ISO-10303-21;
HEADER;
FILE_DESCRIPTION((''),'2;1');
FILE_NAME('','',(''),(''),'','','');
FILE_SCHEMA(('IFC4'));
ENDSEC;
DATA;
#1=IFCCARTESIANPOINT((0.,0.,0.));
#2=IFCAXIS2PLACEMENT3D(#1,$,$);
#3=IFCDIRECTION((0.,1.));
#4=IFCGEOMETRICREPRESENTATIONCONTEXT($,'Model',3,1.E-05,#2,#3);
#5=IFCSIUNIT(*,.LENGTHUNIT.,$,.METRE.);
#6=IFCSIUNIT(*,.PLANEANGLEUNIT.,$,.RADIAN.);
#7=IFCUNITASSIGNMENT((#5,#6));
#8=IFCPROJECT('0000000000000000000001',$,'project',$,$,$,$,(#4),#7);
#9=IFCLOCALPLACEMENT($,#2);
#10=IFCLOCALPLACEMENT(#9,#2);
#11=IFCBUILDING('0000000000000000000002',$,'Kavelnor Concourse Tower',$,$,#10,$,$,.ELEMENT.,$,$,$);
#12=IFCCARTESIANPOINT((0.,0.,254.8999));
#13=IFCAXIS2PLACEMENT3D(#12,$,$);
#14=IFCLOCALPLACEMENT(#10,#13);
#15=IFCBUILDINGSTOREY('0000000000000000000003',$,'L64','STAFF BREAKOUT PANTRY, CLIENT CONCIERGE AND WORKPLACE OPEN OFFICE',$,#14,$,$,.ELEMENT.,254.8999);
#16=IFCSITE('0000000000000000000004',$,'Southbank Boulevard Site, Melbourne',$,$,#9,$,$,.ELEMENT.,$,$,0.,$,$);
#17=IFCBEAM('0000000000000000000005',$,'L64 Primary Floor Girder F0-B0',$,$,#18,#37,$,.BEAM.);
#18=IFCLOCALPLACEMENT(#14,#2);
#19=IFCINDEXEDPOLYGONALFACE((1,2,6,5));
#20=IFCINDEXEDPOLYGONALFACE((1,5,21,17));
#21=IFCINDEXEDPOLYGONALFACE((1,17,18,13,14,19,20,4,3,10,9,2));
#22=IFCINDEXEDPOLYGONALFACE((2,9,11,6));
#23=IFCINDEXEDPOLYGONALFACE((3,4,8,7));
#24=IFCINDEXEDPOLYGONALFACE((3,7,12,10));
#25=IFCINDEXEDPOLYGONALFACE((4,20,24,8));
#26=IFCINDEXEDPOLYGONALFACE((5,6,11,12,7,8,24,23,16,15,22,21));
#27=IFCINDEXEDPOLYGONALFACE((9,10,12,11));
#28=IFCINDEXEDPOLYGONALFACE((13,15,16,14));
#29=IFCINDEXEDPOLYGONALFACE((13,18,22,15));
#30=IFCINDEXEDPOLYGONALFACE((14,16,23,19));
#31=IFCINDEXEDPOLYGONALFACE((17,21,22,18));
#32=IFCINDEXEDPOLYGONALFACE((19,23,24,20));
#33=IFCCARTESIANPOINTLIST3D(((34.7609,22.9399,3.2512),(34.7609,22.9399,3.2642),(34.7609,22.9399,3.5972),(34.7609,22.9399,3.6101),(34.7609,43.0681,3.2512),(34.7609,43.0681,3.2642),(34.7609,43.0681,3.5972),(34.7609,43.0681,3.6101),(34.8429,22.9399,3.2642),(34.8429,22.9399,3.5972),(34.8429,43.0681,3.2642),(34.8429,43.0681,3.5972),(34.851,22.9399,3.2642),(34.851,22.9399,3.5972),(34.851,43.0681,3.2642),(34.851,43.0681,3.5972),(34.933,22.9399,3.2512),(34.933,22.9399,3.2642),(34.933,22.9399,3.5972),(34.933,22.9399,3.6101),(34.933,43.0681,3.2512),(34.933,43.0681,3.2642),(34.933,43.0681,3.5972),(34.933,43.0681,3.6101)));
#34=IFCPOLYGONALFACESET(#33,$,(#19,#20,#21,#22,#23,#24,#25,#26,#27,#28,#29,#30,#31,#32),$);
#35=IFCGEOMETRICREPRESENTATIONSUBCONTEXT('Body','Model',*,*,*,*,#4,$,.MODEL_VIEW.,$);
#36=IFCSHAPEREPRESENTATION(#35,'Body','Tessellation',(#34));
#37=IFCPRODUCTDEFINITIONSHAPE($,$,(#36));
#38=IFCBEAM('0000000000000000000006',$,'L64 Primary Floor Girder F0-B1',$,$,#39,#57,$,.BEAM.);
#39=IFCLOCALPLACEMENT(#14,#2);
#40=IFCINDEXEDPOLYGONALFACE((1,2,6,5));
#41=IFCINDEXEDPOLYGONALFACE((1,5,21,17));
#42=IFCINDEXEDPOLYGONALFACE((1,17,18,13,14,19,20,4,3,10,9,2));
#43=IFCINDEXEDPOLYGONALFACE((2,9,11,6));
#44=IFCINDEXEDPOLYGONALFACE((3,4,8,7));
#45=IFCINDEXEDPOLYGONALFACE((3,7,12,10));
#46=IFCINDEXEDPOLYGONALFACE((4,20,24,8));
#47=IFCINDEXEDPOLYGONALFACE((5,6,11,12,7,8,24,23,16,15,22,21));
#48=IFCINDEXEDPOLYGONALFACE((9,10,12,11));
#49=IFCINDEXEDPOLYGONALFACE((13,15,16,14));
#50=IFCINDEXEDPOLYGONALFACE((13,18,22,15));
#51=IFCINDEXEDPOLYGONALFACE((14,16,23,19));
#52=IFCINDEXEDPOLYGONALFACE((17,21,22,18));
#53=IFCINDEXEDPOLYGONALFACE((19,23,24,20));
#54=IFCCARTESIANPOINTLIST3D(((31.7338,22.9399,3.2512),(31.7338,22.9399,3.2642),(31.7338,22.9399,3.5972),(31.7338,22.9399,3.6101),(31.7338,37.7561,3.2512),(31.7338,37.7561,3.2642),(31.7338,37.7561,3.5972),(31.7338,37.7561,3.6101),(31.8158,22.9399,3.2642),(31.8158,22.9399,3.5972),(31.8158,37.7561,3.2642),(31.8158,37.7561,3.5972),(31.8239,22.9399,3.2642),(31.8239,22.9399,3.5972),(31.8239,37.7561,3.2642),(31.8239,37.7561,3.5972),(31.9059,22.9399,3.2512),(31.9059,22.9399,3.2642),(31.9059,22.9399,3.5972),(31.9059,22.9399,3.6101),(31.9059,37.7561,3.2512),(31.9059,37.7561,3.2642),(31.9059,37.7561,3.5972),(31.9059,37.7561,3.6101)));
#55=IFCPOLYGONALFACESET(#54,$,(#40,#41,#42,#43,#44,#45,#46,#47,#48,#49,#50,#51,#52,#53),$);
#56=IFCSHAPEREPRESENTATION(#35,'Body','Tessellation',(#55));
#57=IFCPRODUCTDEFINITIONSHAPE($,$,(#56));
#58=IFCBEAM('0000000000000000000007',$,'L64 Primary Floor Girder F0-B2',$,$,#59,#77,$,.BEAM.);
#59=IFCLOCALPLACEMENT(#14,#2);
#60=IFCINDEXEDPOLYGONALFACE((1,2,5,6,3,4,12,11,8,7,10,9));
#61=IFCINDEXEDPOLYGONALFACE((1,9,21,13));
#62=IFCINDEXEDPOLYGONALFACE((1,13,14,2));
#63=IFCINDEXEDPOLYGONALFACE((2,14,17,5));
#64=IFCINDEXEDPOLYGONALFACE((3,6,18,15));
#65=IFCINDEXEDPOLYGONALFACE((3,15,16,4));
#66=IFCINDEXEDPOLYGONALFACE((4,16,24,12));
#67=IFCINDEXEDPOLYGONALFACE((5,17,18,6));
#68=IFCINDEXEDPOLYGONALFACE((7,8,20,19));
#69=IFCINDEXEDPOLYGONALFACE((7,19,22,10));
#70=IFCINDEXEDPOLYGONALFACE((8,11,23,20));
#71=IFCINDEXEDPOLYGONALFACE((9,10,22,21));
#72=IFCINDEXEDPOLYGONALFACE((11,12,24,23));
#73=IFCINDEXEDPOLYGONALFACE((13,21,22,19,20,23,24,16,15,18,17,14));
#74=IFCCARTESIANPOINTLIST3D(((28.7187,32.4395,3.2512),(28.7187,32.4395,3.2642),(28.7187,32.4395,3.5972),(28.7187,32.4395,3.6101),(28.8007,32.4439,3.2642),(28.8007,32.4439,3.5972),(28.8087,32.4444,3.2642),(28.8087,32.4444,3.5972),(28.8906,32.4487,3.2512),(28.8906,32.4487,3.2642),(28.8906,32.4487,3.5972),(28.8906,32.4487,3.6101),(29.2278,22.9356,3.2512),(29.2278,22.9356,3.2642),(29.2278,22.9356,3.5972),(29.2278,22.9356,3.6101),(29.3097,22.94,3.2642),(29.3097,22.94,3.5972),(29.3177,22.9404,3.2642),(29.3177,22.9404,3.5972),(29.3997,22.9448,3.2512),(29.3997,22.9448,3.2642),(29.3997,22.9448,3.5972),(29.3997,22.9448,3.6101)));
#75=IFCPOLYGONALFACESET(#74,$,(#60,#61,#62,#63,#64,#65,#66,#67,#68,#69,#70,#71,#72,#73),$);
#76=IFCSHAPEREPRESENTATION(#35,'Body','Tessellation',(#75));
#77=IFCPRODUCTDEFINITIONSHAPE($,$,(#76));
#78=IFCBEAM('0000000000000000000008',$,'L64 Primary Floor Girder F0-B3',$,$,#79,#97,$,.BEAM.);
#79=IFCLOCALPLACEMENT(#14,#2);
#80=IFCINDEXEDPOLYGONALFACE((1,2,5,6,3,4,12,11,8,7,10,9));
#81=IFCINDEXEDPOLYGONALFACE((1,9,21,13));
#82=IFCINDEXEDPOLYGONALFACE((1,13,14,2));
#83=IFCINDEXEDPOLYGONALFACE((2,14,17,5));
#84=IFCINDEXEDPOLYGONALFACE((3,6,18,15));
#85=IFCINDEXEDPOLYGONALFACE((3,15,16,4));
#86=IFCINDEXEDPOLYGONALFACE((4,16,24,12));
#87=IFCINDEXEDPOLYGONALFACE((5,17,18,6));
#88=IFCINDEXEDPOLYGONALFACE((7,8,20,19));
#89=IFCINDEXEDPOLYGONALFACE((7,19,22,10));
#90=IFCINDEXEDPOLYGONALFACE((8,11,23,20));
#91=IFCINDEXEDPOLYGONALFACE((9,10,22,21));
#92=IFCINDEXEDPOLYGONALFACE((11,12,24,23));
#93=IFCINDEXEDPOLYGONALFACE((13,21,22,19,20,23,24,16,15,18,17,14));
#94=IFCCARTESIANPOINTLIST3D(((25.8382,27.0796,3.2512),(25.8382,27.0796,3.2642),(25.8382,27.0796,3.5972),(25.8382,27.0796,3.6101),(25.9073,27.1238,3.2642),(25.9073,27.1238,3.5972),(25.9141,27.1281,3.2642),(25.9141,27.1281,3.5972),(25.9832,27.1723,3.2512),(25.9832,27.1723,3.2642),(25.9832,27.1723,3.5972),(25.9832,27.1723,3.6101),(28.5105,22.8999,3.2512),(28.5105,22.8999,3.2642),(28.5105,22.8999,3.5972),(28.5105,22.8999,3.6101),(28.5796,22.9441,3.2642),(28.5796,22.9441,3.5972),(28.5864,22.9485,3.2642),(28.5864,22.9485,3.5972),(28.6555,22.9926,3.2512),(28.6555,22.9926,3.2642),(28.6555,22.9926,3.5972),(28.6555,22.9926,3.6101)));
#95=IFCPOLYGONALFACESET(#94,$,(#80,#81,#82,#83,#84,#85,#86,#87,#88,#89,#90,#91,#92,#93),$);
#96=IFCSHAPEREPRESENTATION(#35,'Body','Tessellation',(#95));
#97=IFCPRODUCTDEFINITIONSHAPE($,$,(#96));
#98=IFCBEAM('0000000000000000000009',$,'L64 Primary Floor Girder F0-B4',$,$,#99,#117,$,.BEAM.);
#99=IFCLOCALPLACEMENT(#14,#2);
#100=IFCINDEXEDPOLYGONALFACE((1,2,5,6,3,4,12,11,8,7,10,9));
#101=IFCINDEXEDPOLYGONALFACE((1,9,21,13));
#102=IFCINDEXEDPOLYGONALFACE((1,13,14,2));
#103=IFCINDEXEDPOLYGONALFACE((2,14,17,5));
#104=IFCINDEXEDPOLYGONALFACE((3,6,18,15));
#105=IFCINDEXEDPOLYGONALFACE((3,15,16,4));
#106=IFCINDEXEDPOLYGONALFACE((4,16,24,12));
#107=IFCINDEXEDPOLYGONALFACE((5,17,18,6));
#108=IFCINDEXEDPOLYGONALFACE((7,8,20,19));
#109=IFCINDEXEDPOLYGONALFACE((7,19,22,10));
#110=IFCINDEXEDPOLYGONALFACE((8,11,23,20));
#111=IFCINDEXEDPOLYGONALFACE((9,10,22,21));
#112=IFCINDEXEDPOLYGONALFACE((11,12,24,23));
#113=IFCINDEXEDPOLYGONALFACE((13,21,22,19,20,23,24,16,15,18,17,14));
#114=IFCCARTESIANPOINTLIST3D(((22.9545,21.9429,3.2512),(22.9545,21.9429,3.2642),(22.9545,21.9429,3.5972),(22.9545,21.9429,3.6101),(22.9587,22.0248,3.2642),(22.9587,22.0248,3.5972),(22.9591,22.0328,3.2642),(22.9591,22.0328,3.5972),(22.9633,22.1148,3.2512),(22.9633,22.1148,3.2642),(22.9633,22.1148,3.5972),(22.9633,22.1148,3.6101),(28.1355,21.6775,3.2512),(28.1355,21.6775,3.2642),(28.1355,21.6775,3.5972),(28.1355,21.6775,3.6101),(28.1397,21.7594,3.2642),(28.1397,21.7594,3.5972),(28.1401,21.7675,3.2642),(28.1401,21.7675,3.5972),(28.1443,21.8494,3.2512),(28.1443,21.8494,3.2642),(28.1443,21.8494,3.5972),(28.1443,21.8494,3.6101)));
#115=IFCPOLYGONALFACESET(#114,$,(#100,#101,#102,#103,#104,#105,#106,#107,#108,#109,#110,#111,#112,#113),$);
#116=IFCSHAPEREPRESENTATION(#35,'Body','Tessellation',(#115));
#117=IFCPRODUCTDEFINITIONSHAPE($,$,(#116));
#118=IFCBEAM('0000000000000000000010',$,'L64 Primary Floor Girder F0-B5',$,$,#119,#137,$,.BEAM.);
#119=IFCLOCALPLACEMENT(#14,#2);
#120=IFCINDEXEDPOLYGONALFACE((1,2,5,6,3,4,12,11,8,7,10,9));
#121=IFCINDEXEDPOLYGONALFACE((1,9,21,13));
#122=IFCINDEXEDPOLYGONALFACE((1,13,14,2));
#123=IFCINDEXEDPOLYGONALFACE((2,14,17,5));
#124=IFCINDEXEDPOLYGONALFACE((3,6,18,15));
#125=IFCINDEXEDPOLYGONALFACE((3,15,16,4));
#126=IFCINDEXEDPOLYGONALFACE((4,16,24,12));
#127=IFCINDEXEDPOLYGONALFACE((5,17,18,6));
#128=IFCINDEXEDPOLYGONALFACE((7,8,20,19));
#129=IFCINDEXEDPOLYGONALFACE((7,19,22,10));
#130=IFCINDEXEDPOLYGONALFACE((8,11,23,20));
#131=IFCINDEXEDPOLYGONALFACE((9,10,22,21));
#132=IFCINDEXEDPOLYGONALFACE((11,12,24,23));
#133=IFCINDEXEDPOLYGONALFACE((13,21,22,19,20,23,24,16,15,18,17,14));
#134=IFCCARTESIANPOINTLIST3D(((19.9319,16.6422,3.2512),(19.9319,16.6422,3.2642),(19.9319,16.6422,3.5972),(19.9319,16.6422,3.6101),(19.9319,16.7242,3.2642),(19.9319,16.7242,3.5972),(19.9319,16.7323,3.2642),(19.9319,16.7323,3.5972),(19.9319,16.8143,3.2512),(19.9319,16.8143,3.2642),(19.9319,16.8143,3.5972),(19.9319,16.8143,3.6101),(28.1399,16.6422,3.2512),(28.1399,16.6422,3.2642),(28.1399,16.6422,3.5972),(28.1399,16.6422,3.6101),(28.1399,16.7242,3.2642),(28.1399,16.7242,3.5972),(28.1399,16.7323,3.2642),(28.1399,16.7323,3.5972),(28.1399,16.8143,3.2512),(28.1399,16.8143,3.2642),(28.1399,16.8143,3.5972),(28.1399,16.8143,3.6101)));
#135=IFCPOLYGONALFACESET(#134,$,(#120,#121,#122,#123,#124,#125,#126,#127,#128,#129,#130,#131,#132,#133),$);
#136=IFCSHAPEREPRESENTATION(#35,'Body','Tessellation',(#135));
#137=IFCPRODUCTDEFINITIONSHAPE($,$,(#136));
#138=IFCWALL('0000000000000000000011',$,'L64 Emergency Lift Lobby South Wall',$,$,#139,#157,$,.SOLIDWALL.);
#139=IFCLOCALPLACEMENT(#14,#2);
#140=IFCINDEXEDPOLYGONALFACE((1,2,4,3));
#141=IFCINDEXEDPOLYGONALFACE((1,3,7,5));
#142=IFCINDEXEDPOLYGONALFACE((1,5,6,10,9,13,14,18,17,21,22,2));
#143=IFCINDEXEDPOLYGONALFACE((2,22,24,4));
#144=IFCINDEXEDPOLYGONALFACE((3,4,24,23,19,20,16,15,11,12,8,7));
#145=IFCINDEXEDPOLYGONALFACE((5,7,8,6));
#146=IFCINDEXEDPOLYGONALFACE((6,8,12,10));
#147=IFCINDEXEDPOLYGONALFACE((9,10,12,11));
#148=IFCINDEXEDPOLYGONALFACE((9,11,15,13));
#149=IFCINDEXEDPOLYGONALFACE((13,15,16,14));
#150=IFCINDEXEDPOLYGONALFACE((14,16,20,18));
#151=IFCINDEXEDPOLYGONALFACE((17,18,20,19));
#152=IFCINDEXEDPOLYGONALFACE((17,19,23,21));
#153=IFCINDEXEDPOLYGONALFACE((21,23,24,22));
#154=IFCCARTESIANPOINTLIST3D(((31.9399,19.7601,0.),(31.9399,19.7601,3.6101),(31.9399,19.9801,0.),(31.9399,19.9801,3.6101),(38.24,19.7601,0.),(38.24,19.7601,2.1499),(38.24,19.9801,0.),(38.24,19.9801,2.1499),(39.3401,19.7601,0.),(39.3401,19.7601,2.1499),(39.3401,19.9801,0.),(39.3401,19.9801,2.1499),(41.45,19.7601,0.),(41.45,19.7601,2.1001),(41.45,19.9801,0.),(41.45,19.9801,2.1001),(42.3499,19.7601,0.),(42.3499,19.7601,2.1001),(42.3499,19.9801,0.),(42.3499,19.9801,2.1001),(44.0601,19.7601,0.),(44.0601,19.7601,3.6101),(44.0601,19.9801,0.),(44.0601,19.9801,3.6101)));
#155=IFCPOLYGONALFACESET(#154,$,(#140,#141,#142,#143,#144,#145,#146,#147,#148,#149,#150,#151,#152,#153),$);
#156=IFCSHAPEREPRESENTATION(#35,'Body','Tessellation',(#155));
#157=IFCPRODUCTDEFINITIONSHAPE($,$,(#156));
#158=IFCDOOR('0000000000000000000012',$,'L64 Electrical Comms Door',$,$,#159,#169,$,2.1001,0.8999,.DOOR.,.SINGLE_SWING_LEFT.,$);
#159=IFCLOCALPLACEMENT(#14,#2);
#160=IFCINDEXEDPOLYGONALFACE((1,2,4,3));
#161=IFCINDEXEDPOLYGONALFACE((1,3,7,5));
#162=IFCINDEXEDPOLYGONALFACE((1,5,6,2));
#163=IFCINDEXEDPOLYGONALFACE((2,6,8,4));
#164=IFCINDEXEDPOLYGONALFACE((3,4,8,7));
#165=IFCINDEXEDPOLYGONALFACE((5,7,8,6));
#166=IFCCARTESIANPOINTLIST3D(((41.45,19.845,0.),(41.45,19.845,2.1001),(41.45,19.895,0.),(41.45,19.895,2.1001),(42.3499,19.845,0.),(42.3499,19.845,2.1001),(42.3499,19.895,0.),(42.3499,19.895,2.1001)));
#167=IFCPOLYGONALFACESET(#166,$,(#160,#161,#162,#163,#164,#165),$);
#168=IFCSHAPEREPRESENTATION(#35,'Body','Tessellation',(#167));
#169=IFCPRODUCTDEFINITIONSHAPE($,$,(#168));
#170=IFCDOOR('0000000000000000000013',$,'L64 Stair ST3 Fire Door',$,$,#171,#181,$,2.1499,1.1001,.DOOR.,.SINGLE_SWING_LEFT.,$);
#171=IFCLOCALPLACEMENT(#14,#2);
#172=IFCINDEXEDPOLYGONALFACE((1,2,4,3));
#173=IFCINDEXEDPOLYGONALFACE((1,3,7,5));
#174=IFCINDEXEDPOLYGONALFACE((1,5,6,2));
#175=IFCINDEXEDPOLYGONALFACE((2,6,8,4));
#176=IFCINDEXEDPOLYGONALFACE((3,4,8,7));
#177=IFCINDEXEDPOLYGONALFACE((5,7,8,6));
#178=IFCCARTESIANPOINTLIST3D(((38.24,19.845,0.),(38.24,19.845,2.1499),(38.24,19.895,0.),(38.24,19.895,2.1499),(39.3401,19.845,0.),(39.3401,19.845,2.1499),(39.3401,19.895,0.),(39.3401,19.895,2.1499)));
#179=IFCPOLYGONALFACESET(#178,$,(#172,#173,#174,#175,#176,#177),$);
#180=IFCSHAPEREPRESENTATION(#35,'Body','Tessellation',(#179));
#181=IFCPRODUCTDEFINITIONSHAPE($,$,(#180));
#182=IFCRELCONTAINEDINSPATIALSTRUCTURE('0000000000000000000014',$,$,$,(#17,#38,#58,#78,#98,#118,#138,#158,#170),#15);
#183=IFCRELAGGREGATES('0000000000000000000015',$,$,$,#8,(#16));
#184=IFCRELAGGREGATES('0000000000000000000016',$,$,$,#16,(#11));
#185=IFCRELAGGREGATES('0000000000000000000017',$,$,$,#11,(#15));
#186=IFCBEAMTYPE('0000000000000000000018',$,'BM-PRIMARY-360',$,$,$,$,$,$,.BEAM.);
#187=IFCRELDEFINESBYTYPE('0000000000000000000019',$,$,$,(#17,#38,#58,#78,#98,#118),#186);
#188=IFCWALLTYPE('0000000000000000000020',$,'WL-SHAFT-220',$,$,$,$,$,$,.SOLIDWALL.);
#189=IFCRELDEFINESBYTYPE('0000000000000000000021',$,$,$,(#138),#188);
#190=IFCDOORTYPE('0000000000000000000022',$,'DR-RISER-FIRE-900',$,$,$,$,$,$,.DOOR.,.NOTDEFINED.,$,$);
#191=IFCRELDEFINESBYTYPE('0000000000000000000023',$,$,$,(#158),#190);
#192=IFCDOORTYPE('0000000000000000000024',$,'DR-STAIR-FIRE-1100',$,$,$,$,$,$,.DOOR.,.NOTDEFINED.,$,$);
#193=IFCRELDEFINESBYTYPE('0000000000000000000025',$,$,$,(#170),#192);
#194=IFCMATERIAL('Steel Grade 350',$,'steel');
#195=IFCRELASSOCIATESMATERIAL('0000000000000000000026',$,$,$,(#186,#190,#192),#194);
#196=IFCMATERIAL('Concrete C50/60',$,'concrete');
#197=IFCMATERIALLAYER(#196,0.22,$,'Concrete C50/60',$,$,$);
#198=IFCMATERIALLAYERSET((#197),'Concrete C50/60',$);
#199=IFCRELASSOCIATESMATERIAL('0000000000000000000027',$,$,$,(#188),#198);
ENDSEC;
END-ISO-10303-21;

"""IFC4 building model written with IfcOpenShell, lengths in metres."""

from ifc_helpers import new_model, si_unit, direction, frame, frame_2d, origin, origin_2d, place, context, subcontext, project, spatial, rectangle, i_section, extrude, material, layer, layer_set, material_profile, profile_set, type_object, element, fill, save


model = new_model("IFC4")

# Units and contexts
model_context = context("Model", 3, precision=1e-05, world=origin(), true_north=direction((0.0, 1.0)))
body_context = subcontext(model_context, "Body", "Model", "MODEL_VIEW")
ifc_project = project(units=[si_unit("LENGTHUNIT", "METRE"), si_unit("PLANEANGLEUNIT", "RADIAN")], contexts=[model_context])

# Site, building, storey
site_placement = place(None, origin())
site = spatial("IfcSite", under=ifc_project, at=site_placement, Name="Southbank Boulevard Site, Melbourne", CompositionType="ELEMENT", RefElevation=0.0)
building_placement = place(site_placement, origin())
building = spatial("IfcBuilding", under=site, at=building_placement, Name="Kavelnor Concourse Tower", CompositionType="ELEMENT")
storey_placement = place(building_placement, frame((0.0, 0.0, 254.8999)))
storey = spatial("IfcBuildingStorey", under=building, at=storey_placement, Name="L64", Description="STAFF BREAKOUT PANTRY, CLIENT CONCIERGE AND WORKPLACE OPEN OFFICE", CompositionType="ELEMENT", Elevation=254.8999)

# Beams
ifc_material_1 = material(Name="Steel Grade 350", Category="steel")
ifc_material_profile = material_profile(ifc_material_1, i_section(OverallWidth=0.1721, OverallDepth=0.3589, WebThickness=0.0081, FlangeThickness=0.0129, at=origin_2d()), Name="360UB56")
ifc_profile_set = profile_set([ifc_material_profile], Name="Steel Grade 350")
beam_type = type_object("IfcBeamType", Name="BM-PRIMARY-360", PredefinedType="BEAM", material=ifc_profile_set)
beam_1_placement = place(storey_placement, frame((34.8469, 22.9399, 3.4307), z_axis=(0.0, 1.0, 0.0), x_axis=(-1.0, 0.0, 0.0)))
element("IfcBeam", 1, at=beam_1_placement, inside=storey, type_object=beam_type, Name="L64 Primary Floor Girder F0-B0", PredefinedType="BEAM", context=body_context, shape_type="SweptSolid", body=[
    extrude(i_section(OverallWidth=0.1721, OverallDepth=0.3589, WebThickness=0.0081, FlangeThickness=0.0129, at=origin_2d()), origin(), (0.0, 0.0, 1.0), 20.1282),
])
beam_2_placement = place(storey_placement, frame((31.8198, 22.9399, 3.4307), z_axis=(0.0, 1.0, 0.0), x_axis=(-1.0, 0.0, 0.0)))
element("IfcBeam", 2, at=beam_2_placement, inside=storey, type_object=beam_type, Name="L64 Primary Floor Girder F0-B1", PredefinedType="BEAM", context=body_context, shape_type="SweptSolid", body=[
    extrude(i_section(OverallWidth=0.1721, OverallDepth=0.3589, WebThickness=0.0081, FlangeThickness=0.0129, at=origin_2d()), origin(), (0.0, 0.0, 1.0), 14.8162),
])
beam_3_placement = place(storey_placement, frame((29.3137, 22.9402, 3.4307), z_axis=(-0.053484, 0.998569, 0.0), x_axis=(-0.998569, -0.053484, 0.0)))
element("IfcBeam", 3, at=beam_3_placement, inside=storey, type_object=beam_type, Name="L64 Primary Floor Girder F0-B2", PredefinedType="BEAM", context=body_context, shape_type="SweptSolid", body=[
    extrude(i_section(OverallWidth=0.1721, OverallDepth=0.3589, WebThickness=0.0081, FlangeThickness=0.0129, at=origin_2d()), origin(), (0.0, 0.0, 1.0), 9.5176),
])
beam_4_placement = place(storey_placement, frame((28.583, 22.9463, 3.4307), z_axis=(-0.538677, 0.842513, 0.0), x_axis=(-0.842513, -0.538677, 0.0)))
element("IfcBeam", 4, at=beam_4_placement, inside=storey, type_object=beam_type, Name="L64 Primary Floor Girder F0-B3", PredefinedType="BEAM", context=body_context, shape_type="SweptSolid", body=[
    extrude(i_section(OverallWidth=0.1721, OverallDepth=0.3589, WebThickness=0.0081, FlangeThickness=0.0129, at=origin_2d()), origin(), (0.0, 0.0, 1.0), 4.9609),
])
beam_5_placement = place(storey_placement, frame((28.1399, 21.7634, 3.4307), z_axis=(-0.998691, 0.051156, 0.0), x_axis=(-0.051156, -0.998691, 0.0)))
element("IfcBeam", 5, at=beam_5_placement, inside=storey, type_object=beam_type, Name="L64 Primary Floor Girder F0-B4", PredefinedType="BEAM", context=body_context, shape_type="SweptSolid", body=[
    extrude(i_section(OverallWidth=0.1721, OverallDepth=0.3589, WebThickness=0.0081, FlangeThickness=0.0129, at=origin_2d()), origin(), (0.0, 0.0, 1.0), 5.1877),
])
beam_6_placement = place(storey_placement, frame((28.1399, 16.7283, 3.4307), z_axis=(-1.0, 0.0, 0.0), x_axis=(0.0, -1.0, 0.0)))
element("IfcBeam", 6, at=beam_6_placement, inside=storey, type_object=beam_type, Name="L64 Primary Floor Girder F0-B5", PredefinedType="BEAM", context=body_context, shape_type="SweptSolid", body=[
    extrude(i_section(OverallWidth=0.1721, OverallDepth=0.3589, WebThickness=0.0081, FlangeThickness=0.0129, at=origin_2d()), origin(), (0.0, 0.0, 1.0), 8.208),
])

# Wall, openings, doors
ifc_material_2 = material(Name="Concrete C50/60", Category="concrete")
ifc_layer_1 = layer(ifc_material_2, 0.22, Name="Concrete C50/60")
ifc_layer_set_1 = layer_set([ifc_layer_1], Name="Concrete C50/60")
wall_type_1 = type_object("IfcWallType", Name="WL-SHAFT-220", PredefinedType="SOLIDWALL", material=ifc_layer_set_1)
wall_1_placement = place(storey_placement, frame((31.9399, 19.8701, 0.0), z_axis=(0.0, 0.0, 1.0), x_axis=(1.0, 0.0, 0.0)))
wall_1 = element("IfcWall", 7, at=wall_1_placement, inside=storey, type_object=wall_type_1, Name="L64 Emergency Lift Lobby South Wall", PredefinedType="SOLIDWALL", context=body_context, shape_type="SweptSolid", body=[
    extrude(rectangle(XDim=12.1201, YDim=0.22, at=frame_2d((6.0601, 0.0))), origin(), (0.0, 0.0, 1.0), 3.6101),
])
opening_1_placement = place(wall_1_placement, frame((6.3, 0.0, 0.0)))
opening_1 = element("IfcOpeningElement", 8, at=opening_1_placement, cuts=wall_1, PredefinedType="OPENING", context=body_context, shape_type="SweptSolid", body=[
    extrude(rectangle(XDim=1.1001, YDim=2.1499, at=frame_2d((0.55, 1.075))), frame((0.0, 0.1201, 0.0), z_axis=(0.0, -1.0, 0.0), x_axis=(1.0, 0.0, 0.0)), (0.0, 0.0, 1.0), 0.24),
])
opening_2_placement = place(wall_1_placement, frame((9.51, 0.0, 0.0)))
opening_2 = element("IfcOpeningElement", 9, at=opening_2_placement, cuts=wall_1, PredefinedType="OPENING", context=body_context, shape_type="SweptSolid", body=[
    extrude(rectangle(XDim=0.8999, YDim=2.1001, at=frame_2d((0.45, 1.05))), frame((0.0, 0.1201, 0.0), z_axis=(0.0, -1.0, 0.0), x_axis=(1.0, 0.0, 0.0)), (0.0, 0.0, 1.0), 0.24),
])
door_type_1 = type_object("IfcDoorType", Name="DR-RISER-FIRE-900", OperationType="NOTDEFINED", PredefinedType="DOOR", material=ifc_material_1)
door_1_placement = place(opening_2_placement, origin())
door_1 = element("IfcDoor", 10, at=door_1_placement, inside=storey, type_object=door_type_1, Name="L64 Electrical Comms Door", OperationType="SINGLE_SWING_LEFT", OverallHeight=2.1001, OverallWidth=0.8999, PredefinedType="DOOR", context=body_context, shape_type="SweptSolid", body=[
    extrude(rectangle(XDim=0.8999, YDim=2.1001, at=frame_2d((0.45, 1.05))), frame((0.0, 0.0249, 0.0), z_axis=(0.0, -1.0, 0.0), x_axis=(1.0, 0.0, 0.0)), (0.0, 0.0, 1.0), 0.05),
])
fill(opening_2, door_1)
door_type_2 = type_object("IfcDoorType", Name="DR-STAIR-FIRE-1100", OperationType="NOTDEFINED", PredefinedType="DOOR", material=ifc_material_1)
door_2_placement = place(opening_1_placement, origin())
door_2 = element("IfcDoor", 11, at=door_2_placement, inside=storey, type_object=door_type_2, Name="L64 Stair ST3 Fire Door", OperationType="SINGLE_SWING_LEFT", OverallHeight=2.1499, OverallWidth=1.1001, PredefinedType="DOOR", context=body_context, shape_type="SweptSolid", body=[
    extrude(rectangle(XDim=1.1001, YDim=2.1499, at=frame_2d((0.55, 1.075))), frame((0.0, 0.0249, 0.0), z_axis=(0.0, -1.0, 0.0), x_axis=(1.0, 0.0, 0.0)), (0.0, 0.0, 1.0), 0.05),
])
fill(opening_1, door_2)

save(model, "model.ifc")
